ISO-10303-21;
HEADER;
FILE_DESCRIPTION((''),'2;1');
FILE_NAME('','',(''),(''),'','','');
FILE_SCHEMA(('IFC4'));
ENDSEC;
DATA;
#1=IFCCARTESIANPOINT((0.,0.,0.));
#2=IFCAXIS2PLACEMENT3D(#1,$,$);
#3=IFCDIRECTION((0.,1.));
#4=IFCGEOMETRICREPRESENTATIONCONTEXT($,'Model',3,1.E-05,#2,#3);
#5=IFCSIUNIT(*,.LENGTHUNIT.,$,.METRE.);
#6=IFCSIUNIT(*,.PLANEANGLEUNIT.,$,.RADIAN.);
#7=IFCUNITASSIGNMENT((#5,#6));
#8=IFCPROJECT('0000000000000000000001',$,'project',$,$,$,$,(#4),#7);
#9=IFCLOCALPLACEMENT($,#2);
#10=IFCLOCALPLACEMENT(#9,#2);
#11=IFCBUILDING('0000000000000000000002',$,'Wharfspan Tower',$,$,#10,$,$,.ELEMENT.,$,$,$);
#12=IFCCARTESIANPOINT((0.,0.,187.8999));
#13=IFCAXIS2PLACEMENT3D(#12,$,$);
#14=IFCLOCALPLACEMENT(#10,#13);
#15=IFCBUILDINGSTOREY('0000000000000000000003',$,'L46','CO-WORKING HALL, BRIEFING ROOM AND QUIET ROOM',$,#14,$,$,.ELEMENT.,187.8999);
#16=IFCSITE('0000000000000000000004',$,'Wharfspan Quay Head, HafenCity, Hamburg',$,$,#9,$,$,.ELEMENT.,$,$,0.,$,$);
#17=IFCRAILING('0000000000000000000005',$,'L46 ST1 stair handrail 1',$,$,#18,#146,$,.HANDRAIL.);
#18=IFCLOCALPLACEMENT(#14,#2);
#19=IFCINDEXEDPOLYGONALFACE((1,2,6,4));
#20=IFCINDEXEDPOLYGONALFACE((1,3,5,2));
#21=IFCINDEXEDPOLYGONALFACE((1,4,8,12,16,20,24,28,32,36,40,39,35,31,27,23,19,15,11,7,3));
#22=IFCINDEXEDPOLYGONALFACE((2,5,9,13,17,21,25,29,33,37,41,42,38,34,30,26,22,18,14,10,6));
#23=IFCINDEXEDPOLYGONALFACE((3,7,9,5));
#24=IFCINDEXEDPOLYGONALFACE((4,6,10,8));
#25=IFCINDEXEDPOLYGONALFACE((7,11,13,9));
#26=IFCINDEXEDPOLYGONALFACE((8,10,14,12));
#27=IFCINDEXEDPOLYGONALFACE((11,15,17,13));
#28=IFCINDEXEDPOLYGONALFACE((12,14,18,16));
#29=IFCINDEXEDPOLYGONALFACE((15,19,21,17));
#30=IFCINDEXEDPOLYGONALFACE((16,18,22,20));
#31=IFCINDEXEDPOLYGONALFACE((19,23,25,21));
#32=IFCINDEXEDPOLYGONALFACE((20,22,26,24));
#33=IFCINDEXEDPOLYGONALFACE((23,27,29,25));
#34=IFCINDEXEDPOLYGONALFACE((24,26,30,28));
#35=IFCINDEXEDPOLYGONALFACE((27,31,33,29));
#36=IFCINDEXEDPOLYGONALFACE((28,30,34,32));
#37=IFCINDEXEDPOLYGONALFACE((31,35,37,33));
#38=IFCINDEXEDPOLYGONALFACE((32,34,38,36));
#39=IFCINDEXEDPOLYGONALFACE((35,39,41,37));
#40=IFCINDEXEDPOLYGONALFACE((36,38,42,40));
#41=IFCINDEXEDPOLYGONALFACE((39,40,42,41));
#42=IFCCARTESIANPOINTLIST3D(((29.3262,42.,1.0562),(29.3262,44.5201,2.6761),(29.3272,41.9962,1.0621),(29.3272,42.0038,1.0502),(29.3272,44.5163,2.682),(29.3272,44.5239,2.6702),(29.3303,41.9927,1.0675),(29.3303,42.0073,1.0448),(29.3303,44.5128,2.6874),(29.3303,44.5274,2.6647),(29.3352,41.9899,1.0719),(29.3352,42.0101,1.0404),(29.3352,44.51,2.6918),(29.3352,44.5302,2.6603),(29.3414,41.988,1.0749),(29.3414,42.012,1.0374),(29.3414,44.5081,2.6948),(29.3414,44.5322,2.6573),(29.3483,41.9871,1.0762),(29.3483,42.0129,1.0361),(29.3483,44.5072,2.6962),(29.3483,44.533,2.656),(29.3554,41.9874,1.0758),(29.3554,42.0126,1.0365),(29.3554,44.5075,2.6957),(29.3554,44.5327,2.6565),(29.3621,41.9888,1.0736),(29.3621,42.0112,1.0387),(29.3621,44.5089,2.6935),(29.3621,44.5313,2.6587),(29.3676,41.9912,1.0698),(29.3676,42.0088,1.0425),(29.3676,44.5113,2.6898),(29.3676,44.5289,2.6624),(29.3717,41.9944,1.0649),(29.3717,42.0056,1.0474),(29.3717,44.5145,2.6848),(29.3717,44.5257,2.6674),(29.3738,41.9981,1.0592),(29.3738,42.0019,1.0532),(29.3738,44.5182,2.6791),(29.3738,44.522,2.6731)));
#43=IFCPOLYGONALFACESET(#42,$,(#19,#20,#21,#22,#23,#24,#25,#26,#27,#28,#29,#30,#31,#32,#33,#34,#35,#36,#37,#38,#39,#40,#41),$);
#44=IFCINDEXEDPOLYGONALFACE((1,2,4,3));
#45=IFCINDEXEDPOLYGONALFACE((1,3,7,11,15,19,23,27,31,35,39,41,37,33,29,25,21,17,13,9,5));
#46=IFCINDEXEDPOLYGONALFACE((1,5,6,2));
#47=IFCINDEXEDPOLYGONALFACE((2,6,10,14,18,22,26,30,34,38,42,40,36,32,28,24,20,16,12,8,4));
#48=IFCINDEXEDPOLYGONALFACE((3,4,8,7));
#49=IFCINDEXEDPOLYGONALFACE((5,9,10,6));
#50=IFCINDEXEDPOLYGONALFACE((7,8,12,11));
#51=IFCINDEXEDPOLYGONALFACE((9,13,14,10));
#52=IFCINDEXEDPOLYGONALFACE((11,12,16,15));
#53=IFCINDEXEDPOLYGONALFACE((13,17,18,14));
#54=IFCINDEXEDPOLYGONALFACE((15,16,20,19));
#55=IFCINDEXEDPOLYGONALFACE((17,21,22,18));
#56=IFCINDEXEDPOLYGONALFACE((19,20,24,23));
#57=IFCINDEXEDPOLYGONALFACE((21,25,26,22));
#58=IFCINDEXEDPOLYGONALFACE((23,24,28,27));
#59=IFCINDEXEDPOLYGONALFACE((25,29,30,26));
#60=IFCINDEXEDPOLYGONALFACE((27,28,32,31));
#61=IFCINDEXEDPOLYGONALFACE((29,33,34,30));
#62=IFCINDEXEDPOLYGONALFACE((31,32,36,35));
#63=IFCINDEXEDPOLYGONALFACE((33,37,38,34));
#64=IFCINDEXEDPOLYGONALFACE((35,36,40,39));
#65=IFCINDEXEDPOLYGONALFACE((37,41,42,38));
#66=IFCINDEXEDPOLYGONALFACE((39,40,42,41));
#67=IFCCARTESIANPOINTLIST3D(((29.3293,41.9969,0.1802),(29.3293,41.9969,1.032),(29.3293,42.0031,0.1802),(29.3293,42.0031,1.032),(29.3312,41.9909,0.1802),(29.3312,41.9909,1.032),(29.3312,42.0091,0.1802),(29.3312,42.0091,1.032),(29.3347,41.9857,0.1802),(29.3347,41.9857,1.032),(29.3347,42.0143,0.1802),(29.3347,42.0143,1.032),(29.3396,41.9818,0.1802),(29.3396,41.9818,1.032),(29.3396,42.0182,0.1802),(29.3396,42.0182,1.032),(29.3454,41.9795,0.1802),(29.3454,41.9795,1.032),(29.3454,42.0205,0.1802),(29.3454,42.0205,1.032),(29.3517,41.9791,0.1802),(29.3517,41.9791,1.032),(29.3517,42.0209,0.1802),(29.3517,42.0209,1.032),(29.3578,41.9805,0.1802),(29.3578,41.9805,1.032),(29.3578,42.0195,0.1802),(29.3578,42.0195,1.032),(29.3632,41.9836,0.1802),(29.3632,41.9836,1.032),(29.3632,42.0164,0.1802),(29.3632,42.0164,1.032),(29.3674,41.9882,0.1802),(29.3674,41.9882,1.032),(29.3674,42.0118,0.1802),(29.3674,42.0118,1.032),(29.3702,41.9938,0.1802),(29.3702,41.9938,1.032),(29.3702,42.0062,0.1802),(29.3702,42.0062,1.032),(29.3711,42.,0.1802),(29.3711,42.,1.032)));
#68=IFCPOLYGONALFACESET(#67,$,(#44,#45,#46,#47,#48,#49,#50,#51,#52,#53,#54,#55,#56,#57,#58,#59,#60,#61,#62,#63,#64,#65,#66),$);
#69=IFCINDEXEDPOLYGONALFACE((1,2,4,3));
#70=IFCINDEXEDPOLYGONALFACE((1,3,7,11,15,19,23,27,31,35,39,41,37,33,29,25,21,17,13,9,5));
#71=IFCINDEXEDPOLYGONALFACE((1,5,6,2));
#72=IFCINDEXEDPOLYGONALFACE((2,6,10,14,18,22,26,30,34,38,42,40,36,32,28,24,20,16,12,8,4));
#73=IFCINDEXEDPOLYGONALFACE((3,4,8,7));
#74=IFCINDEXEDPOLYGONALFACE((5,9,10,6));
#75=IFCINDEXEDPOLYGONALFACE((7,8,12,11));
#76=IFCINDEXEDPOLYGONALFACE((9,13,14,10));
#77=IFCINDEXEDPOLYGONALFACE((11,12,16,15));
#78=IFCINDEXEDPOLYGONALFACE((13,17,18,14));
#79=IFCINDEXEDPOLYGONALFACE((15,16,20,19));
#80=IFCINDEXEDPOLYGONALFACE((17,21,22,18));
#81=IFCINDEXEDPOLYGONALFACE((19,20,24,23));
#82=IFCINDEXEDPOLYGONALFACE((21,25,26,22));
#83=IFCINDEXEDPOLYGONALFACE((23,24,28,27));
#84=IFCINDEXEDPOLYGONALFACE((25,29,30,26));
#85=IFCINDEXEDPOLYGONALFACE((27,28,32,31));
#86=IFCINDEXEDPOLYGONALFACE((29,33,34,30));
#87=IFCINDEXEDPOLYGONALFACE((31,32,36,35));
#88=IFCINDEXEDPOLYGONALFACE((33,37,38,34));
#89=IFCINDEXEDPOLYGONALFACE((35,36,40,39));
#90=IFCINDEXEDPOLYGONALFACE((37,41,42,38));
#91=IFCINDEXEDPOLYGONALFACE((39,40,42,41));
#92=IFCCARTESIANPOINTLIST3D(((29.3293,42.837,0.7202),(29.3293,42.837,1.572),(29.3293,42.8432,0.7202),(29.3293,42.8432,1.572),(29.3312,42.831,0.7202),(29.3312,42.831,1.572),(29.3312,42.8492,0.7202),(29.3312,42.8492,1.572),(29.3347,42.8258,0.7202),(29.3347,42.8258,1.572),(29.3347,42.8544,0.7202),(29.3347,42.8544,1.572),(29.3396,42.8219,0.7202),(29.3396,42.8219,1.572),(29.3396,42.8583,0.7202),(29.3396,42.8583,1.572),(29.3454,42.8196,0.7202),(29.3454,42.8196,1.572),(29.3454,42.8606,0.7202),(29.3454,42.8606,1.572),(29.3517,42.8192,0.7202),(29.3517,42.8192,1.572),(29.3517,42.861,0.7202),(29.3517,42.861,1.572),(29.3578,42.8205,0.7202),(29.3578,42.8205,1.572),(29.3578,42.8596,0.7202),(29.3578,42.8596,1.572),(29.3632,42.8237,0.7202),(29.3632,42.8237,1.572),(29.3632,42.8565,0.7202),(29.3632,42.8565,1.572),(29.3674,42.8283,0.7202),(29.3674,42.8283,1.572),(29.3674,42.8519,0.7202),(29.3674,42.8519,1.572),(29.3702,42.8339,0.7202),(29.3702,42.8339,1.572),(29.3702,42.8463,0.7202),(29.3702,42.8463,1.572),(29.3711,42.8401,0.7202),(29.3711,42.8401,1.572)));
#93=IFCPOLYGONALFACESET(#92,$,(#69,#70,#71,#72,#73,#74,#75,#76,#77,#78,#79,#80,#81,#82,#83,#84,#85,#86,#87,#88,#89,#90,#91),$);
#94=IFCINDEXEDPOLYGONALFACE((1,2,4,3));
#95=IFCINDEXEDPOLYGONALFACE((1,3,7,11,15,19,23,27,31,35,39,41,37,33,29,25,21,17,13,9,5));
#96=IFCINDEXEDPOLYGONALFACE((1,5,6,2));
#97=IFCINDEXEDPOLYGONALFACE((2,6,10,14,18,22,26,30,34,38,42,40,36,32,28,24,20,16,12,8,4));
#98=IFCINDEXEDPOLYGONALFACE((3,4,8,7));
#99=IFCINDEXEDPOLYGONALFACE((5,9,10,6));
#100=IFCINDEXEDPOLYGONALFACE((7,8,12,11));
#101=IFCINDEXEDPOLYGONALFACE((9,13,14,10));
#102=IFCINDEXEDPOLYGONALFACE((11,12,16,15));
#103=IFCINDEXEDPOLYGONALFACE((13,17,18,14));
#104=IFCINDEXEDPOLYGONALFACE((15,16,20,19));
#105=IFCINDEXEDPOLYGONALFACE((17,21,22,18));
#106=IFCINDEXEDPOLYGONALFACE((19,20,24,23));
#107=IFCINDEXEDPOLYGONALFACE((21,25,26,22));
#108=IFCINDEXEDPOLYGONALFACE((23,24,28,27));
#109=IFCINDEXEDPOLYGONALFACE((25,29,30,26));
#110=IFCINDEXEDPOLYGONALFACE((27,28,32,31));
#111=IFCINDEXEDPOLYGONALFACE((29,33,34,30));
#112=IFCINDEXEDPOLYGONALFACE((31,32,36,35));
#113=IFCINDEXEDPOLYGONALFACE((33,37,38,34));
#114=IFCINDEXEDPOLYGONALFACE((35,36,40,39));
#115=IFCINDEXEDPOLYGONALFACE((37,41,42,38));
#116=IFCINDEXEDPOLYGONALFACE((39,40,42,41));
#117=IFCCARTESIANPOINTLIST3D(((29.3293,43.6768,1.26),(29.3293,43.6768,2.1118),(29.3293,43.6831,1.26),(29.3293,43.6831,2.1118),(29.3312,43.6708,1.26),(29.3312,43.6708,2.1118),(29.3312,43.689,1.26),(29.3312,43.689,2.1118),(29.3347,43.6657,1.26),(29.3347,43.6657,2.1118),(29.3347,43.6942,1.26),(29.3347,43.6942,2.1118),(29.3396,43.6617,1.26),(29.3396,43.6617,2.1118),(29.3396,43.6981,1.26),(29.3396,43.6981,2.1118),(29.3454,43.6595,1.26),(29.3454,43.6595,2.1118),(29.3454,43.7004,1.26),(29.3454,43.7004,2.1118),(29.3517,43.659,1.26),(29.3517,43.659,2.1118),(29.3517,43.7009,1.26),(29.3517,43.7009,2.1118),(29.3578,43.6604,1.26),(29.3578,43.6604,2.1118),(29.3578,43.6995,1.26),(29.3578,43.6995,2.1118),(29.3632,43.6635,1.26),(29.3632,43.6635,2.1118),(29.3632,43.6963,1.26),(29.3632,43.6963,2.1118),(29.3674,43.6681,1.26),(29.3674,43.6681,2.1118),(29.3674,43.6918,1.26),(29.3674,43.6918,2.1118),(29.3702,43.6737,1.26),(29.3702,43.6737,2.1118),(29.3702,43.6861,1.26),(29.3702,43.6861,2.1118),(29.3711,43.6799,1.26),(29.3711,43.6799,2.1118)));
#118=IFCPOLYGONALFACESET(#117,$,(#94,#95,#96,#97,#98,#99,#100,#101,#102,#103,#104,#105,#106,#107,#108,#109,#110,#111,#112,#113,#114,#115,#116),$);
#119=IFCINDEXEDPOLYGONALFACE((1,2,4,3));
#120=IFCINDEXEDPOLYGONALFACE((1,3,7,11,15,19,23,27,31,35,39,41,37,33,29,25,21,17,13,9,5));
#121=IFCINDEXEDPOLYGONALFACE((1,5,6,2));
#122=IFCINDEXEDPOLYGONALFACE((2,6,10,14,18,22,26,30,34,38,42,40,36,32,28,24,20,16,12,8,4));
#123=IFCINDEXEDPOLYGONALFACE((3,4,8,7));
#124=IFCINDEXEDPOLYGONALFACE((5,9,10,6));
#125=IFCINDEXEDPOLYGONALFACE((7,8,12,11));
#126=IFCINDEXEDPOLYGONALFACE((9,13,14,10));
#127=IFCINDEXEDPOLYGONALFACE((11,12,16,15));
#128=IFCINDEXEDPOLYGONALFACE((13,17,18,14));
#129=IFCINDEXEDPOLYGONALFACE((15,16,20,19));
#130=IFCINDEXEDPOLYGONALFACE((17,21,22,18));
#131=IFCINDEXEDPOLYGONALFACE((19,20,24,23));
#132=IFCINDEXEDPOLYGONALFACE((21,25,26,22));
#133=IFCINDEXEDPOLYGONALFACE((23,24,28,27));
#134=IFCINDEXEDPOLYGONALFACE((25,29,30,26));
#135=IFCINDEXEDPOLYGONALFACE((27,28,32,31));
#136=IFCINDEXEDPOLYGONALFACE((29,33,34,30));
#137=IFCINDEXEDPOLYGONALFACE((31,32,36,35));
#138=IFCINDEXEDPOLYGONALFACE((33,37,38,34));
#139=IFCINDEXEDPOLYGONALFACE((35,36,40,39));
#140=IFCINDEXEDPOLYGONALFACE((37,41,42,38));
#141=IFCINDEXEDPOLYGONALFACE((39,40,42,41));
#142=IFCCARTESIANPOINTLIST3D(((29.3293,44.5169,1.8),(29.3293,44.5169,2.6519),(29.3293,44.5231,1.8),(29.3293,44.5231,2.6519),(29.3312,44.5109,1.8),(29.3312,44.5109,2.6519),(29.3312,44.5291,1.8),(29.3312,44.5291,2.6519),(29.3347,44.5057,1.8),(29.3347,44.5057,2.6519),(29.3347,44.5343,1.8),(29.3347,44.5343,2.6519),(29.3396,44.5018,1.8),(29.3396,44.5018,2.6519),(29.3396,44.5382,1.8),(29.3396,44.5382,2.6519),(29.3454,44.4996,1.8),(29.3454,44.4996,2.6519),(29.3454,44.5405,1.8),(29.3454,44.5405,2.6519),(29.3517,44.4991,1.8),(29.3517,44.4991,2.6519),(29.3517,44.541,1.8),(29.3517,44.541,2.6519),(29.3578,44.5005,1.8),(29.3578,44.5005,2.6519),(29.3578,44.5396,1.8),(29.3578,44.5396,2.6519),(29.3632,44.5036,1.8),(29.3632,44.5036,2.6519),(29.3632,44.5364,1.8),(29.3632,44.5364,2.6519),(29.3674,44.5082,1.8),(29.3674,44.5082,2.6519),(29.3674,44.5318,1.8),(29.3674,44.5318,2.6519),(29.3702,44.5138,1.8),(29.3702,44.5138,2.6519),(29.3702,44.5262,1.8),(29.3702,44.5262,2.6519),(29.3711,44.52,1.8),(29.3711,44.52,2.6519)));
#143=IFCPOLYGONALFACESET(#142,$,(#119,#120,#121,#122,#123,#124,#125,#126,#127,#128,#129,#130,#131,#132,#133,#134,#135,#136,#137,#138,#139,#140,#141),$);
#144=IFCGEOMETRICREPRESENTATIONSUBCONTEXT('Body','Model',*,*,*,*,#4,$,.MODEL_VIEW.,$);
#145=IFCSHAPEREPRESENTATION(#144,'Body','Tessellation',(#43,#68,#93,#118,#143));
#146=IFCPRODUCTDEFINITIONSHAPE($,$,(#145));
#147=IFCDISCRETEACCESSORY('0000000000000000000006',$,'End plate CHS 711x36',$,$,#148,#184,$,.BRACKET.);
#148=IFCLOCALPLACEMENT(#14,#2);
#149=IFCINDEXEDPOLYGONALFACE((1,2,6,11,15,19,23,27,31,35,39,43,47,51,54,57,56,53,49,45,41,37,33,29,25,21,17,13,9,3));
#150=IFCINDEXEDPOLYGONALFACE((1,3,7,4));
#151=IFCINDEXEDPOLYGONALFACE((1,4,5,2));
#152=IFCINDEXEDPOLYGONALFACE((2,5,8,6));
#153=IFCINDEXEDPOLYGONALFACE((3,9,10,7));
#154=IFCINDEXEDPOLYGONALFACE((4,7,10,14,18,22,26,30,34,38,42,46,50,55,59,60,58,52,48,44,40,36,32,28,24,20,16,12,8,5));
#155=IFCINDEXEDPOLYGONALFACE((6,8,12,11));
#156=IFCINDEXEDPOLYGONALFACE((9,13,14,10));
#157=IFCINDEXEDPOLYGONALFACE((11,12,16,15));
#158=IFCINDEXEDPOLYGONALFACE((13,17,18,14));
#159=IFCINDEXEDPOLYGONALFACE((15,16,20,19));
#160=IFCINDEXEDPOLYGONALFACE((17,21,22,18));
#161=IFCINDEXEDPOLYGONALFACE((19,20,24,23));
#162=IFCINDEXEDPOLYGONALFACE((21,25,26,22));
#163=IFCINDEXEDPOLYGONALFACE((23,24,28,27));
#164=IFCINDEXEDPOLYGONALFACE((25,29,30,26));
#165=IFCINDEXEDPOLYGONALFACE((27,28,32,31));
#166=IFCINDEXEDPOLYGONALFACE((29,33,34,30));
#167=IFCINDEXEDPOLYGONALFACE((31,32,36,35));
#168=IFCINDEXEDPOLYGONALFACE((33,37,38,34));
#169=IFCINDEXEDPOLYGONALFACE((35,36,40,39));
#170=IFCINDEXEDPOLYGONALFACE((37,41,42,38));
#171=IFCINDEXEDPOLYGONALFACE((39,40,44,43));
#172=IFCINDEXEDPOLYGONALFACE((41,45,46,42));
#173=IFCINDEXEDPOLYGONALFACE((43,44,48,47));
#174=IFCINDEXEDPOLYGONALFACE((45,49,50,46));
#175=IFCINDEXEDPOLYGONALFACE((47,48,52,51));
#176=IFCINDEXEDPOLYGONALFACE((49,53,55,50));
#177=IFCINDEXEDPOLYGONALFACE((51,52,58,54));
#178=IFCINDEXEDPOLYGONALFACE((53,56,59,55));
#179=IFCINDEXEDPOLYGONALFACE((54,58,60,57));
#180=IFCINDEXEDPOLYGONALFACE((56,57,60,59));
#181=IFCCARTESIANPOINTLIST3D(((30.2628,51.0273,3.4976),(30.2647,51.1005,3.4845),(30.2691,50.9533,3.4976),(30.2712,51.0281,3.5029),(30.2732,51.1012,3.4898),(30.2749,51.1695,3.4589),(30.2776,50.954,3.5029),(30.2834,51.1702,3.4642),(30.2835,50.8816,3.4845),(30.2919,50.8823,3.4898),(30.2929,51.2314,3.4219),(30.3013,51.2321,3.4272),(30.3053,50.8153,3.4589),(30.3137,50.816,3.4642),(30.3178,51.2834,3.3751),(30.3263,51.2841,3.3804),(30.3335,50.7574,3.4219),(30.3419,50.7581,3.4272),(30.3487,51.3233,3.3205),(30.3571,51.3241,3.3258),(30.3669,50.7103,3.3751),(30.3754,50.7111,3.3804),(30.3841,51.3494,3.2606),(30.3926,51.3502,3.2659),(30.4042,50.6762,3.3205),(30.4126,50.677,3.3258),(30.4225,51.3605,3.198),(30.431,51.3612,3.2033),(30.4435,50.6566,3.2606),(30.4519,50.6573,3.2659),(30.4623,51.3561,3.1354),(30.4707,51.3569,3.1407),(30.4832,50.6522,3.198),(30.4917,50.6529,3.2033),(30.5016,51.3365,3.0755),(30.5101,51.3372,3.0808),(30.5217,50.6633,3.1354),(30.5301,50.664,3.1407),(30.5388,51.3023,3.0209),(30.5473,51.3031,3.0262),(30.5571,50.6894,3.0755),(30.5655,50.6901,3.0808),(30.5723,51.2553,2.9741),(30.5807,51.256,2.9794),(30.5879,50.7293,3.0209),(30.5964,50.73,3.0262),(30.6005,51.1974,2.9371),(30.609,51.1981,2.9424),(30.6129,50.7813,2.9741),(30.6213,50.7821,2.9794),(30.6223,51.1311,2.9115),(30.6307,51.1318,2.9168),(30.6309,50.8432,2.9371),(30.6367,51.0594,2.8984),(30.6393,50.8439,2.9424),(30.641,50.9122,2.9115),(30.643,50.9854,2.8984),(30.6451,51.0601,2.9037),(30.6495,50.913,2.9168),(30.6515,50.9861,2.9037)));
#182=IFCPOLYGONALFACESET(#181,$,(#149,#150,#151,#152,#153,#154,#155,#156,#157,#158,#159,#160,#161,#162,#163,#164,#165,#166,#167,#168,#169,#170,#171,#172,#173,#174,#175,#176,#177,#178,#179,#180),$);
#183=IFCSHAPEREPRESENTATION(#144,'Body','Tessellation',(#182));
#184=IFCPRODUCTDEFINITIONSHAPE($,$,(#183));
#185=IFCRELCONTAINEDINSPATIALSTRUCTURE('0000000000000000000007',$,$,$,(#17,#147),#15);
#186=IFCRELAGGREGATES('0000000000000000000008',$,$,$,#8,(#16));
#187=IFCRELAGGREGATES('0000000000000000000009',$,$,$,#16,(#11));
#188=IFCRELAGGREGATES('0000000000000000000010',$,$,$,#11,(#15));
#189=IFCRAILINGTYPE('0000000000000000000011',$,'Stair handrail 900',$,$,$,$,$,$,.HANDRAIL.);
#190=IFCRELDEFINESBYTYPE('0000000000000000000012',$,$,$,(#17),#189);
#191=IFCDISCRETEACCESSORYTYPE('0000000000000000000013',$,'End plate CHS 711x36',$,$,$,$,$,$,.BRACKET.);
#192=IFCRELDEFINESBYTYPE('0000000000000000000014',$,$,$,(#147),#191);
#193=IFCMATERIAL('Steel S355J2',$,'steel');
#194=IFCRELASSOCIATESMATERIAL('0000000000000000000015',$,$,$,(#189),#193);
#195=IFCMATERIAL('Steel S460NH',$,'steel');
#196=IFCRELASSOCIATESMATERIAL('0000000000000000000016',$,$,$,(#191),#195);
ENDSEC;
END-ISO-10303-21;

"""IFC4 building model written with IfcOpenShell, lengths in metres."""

from ifc_helpers import new_model, si_unit, direction, frame, origin, origin_2d, place, context, subcontext, project, spatial, circle, extrude, material, material_profile, profile_set, type_object, element, save


model = new_model("IFC4")

# Units and contexts
model_context = context("Model", 3, precision=1e-05, world=origin(), true_north=direction((0.0, 1.0)))
body_context = subcontext(model_context, "Body", "Model", "MODEL_VIEW")
ifc_project = project(units=[si_unit("LENGTHUNIT", "METRE"), si_unit("PLANEANGLEUNIT", "RADIAN")], contexts=[model_context])

# Site, building, storey
site_placement = place(None, origin())
site = spatial("IfcSite", under=ifc_project, at=site_placement, Name="Wharfspan Quay Head, HafenCity, Hamburg", CompositionType="ELEMENT", RefElevation=0.0)
building_placement = place(site_placement, origin())
building = spatial("IfcBuilding", under=site, at=building_placement, Name="Wharfspan Tower", CompositionType="ELEMENT")
storey_placement = place(building_placement, frame((0.0, 0.0, 187.8999)))
storey = spatial("IfcBuildingStorey", under=building, at=storey_placement, Name="L46", Description="CO-WORKING HALL, BRIEFING ROOM AND QUIET ROOM", CompositionType="ELEMENT", Elevation=187.8999)

# Shared definitions
ifc_material_1 = material(Name="Steel S355J2", Category="steel")

# Shared definitions
ifc_material_2 = material(Name="Steel S460NH", Category="steel")

# Railing
railing_type_1 = type_object("IfcRailingType", Name="Stair handrail 900", PredefinedType="HANDRAIL", material=ifc_material_1)
railing_1_placement = place(storey_placement, frame((29.3501, 42.0, 0.1802)))
element("IfcRailing", 1, at=railing_1_placement, inside=storey, type_object=railing_type_1, Name="L46 ST1 stair handrail 1", PredefinedType="HANDRAIL", context=body_context, shape_type="SweptSolid", body=[
    extrude(circle(Radius=0.0239, at=origin_2d()), frame((0.0, 0.0, 0.876), z_axis=(0.0, 0.8412, 0.540725), x_axis=(-1.0, 0.0, 0.0)), (0.0, 0.0, 1.0), 2.9958),
    extrude(circle(Radius=0.021, at=origin_2d()), origin(), (0.0, 0.0, 1.0), 0.8518),
    extrude(circle(Radius=0.021, at=origin_2d()), frame((0.0, 0.8401, 0.54)), (0.0, 0.0, 1.0), 0.8518),
    extrude(circle(Radius=0.021, at=origin_2d()), frame((0.0, 1.6799, 1.0798)), (0.0, 0.0, 1.0), 0.8518),
    extrude(circle(Radius=0.021, at=origin_2d()), frame((0.0, 2.52, 1.6199)), (0.0, 0.0, 1.0), 0.8518),
])

# Discrete accessory
ifc_material_profile_1 = material_profile(ifc_material_2, circle(Radius=0.3555, at=origin_2d()))
ifc_profile_set_1 = profile_set([ifc_material_profile_1], Name="Steel S460NH")
discrete_accessory_type = type_object("IfcDiscreteAccessoryType", Name="End plate CHS 711x36", PredefinedType="BRACKET", material=ifc_profile_set_1)
for number, where, z_axis, x_axis, name in (
    (2, (30.4529, 51.0063, 3.198), (0.844416, 0.072379, 0.530776), (-0.085402, 0.99635, 0.0), "End plate CHS 711x36"),
):
    element("IfcDiscreteAccessory", number, at=place(storey_placement, frame(where, z_axis=z_axis, x_axis=x_axis)), inside=storey, type_object=discrete_accessory_type, Name=name, PredefinedType="BRACKET", context=body_context, shape_type="SweptSolid", body=[
        extrude(circle(Radius=0.3555, at=origin_2d()), origin(), (0.0, 0.0, 1.0), 0.01),
    ])

save(model, "model.ifc")
